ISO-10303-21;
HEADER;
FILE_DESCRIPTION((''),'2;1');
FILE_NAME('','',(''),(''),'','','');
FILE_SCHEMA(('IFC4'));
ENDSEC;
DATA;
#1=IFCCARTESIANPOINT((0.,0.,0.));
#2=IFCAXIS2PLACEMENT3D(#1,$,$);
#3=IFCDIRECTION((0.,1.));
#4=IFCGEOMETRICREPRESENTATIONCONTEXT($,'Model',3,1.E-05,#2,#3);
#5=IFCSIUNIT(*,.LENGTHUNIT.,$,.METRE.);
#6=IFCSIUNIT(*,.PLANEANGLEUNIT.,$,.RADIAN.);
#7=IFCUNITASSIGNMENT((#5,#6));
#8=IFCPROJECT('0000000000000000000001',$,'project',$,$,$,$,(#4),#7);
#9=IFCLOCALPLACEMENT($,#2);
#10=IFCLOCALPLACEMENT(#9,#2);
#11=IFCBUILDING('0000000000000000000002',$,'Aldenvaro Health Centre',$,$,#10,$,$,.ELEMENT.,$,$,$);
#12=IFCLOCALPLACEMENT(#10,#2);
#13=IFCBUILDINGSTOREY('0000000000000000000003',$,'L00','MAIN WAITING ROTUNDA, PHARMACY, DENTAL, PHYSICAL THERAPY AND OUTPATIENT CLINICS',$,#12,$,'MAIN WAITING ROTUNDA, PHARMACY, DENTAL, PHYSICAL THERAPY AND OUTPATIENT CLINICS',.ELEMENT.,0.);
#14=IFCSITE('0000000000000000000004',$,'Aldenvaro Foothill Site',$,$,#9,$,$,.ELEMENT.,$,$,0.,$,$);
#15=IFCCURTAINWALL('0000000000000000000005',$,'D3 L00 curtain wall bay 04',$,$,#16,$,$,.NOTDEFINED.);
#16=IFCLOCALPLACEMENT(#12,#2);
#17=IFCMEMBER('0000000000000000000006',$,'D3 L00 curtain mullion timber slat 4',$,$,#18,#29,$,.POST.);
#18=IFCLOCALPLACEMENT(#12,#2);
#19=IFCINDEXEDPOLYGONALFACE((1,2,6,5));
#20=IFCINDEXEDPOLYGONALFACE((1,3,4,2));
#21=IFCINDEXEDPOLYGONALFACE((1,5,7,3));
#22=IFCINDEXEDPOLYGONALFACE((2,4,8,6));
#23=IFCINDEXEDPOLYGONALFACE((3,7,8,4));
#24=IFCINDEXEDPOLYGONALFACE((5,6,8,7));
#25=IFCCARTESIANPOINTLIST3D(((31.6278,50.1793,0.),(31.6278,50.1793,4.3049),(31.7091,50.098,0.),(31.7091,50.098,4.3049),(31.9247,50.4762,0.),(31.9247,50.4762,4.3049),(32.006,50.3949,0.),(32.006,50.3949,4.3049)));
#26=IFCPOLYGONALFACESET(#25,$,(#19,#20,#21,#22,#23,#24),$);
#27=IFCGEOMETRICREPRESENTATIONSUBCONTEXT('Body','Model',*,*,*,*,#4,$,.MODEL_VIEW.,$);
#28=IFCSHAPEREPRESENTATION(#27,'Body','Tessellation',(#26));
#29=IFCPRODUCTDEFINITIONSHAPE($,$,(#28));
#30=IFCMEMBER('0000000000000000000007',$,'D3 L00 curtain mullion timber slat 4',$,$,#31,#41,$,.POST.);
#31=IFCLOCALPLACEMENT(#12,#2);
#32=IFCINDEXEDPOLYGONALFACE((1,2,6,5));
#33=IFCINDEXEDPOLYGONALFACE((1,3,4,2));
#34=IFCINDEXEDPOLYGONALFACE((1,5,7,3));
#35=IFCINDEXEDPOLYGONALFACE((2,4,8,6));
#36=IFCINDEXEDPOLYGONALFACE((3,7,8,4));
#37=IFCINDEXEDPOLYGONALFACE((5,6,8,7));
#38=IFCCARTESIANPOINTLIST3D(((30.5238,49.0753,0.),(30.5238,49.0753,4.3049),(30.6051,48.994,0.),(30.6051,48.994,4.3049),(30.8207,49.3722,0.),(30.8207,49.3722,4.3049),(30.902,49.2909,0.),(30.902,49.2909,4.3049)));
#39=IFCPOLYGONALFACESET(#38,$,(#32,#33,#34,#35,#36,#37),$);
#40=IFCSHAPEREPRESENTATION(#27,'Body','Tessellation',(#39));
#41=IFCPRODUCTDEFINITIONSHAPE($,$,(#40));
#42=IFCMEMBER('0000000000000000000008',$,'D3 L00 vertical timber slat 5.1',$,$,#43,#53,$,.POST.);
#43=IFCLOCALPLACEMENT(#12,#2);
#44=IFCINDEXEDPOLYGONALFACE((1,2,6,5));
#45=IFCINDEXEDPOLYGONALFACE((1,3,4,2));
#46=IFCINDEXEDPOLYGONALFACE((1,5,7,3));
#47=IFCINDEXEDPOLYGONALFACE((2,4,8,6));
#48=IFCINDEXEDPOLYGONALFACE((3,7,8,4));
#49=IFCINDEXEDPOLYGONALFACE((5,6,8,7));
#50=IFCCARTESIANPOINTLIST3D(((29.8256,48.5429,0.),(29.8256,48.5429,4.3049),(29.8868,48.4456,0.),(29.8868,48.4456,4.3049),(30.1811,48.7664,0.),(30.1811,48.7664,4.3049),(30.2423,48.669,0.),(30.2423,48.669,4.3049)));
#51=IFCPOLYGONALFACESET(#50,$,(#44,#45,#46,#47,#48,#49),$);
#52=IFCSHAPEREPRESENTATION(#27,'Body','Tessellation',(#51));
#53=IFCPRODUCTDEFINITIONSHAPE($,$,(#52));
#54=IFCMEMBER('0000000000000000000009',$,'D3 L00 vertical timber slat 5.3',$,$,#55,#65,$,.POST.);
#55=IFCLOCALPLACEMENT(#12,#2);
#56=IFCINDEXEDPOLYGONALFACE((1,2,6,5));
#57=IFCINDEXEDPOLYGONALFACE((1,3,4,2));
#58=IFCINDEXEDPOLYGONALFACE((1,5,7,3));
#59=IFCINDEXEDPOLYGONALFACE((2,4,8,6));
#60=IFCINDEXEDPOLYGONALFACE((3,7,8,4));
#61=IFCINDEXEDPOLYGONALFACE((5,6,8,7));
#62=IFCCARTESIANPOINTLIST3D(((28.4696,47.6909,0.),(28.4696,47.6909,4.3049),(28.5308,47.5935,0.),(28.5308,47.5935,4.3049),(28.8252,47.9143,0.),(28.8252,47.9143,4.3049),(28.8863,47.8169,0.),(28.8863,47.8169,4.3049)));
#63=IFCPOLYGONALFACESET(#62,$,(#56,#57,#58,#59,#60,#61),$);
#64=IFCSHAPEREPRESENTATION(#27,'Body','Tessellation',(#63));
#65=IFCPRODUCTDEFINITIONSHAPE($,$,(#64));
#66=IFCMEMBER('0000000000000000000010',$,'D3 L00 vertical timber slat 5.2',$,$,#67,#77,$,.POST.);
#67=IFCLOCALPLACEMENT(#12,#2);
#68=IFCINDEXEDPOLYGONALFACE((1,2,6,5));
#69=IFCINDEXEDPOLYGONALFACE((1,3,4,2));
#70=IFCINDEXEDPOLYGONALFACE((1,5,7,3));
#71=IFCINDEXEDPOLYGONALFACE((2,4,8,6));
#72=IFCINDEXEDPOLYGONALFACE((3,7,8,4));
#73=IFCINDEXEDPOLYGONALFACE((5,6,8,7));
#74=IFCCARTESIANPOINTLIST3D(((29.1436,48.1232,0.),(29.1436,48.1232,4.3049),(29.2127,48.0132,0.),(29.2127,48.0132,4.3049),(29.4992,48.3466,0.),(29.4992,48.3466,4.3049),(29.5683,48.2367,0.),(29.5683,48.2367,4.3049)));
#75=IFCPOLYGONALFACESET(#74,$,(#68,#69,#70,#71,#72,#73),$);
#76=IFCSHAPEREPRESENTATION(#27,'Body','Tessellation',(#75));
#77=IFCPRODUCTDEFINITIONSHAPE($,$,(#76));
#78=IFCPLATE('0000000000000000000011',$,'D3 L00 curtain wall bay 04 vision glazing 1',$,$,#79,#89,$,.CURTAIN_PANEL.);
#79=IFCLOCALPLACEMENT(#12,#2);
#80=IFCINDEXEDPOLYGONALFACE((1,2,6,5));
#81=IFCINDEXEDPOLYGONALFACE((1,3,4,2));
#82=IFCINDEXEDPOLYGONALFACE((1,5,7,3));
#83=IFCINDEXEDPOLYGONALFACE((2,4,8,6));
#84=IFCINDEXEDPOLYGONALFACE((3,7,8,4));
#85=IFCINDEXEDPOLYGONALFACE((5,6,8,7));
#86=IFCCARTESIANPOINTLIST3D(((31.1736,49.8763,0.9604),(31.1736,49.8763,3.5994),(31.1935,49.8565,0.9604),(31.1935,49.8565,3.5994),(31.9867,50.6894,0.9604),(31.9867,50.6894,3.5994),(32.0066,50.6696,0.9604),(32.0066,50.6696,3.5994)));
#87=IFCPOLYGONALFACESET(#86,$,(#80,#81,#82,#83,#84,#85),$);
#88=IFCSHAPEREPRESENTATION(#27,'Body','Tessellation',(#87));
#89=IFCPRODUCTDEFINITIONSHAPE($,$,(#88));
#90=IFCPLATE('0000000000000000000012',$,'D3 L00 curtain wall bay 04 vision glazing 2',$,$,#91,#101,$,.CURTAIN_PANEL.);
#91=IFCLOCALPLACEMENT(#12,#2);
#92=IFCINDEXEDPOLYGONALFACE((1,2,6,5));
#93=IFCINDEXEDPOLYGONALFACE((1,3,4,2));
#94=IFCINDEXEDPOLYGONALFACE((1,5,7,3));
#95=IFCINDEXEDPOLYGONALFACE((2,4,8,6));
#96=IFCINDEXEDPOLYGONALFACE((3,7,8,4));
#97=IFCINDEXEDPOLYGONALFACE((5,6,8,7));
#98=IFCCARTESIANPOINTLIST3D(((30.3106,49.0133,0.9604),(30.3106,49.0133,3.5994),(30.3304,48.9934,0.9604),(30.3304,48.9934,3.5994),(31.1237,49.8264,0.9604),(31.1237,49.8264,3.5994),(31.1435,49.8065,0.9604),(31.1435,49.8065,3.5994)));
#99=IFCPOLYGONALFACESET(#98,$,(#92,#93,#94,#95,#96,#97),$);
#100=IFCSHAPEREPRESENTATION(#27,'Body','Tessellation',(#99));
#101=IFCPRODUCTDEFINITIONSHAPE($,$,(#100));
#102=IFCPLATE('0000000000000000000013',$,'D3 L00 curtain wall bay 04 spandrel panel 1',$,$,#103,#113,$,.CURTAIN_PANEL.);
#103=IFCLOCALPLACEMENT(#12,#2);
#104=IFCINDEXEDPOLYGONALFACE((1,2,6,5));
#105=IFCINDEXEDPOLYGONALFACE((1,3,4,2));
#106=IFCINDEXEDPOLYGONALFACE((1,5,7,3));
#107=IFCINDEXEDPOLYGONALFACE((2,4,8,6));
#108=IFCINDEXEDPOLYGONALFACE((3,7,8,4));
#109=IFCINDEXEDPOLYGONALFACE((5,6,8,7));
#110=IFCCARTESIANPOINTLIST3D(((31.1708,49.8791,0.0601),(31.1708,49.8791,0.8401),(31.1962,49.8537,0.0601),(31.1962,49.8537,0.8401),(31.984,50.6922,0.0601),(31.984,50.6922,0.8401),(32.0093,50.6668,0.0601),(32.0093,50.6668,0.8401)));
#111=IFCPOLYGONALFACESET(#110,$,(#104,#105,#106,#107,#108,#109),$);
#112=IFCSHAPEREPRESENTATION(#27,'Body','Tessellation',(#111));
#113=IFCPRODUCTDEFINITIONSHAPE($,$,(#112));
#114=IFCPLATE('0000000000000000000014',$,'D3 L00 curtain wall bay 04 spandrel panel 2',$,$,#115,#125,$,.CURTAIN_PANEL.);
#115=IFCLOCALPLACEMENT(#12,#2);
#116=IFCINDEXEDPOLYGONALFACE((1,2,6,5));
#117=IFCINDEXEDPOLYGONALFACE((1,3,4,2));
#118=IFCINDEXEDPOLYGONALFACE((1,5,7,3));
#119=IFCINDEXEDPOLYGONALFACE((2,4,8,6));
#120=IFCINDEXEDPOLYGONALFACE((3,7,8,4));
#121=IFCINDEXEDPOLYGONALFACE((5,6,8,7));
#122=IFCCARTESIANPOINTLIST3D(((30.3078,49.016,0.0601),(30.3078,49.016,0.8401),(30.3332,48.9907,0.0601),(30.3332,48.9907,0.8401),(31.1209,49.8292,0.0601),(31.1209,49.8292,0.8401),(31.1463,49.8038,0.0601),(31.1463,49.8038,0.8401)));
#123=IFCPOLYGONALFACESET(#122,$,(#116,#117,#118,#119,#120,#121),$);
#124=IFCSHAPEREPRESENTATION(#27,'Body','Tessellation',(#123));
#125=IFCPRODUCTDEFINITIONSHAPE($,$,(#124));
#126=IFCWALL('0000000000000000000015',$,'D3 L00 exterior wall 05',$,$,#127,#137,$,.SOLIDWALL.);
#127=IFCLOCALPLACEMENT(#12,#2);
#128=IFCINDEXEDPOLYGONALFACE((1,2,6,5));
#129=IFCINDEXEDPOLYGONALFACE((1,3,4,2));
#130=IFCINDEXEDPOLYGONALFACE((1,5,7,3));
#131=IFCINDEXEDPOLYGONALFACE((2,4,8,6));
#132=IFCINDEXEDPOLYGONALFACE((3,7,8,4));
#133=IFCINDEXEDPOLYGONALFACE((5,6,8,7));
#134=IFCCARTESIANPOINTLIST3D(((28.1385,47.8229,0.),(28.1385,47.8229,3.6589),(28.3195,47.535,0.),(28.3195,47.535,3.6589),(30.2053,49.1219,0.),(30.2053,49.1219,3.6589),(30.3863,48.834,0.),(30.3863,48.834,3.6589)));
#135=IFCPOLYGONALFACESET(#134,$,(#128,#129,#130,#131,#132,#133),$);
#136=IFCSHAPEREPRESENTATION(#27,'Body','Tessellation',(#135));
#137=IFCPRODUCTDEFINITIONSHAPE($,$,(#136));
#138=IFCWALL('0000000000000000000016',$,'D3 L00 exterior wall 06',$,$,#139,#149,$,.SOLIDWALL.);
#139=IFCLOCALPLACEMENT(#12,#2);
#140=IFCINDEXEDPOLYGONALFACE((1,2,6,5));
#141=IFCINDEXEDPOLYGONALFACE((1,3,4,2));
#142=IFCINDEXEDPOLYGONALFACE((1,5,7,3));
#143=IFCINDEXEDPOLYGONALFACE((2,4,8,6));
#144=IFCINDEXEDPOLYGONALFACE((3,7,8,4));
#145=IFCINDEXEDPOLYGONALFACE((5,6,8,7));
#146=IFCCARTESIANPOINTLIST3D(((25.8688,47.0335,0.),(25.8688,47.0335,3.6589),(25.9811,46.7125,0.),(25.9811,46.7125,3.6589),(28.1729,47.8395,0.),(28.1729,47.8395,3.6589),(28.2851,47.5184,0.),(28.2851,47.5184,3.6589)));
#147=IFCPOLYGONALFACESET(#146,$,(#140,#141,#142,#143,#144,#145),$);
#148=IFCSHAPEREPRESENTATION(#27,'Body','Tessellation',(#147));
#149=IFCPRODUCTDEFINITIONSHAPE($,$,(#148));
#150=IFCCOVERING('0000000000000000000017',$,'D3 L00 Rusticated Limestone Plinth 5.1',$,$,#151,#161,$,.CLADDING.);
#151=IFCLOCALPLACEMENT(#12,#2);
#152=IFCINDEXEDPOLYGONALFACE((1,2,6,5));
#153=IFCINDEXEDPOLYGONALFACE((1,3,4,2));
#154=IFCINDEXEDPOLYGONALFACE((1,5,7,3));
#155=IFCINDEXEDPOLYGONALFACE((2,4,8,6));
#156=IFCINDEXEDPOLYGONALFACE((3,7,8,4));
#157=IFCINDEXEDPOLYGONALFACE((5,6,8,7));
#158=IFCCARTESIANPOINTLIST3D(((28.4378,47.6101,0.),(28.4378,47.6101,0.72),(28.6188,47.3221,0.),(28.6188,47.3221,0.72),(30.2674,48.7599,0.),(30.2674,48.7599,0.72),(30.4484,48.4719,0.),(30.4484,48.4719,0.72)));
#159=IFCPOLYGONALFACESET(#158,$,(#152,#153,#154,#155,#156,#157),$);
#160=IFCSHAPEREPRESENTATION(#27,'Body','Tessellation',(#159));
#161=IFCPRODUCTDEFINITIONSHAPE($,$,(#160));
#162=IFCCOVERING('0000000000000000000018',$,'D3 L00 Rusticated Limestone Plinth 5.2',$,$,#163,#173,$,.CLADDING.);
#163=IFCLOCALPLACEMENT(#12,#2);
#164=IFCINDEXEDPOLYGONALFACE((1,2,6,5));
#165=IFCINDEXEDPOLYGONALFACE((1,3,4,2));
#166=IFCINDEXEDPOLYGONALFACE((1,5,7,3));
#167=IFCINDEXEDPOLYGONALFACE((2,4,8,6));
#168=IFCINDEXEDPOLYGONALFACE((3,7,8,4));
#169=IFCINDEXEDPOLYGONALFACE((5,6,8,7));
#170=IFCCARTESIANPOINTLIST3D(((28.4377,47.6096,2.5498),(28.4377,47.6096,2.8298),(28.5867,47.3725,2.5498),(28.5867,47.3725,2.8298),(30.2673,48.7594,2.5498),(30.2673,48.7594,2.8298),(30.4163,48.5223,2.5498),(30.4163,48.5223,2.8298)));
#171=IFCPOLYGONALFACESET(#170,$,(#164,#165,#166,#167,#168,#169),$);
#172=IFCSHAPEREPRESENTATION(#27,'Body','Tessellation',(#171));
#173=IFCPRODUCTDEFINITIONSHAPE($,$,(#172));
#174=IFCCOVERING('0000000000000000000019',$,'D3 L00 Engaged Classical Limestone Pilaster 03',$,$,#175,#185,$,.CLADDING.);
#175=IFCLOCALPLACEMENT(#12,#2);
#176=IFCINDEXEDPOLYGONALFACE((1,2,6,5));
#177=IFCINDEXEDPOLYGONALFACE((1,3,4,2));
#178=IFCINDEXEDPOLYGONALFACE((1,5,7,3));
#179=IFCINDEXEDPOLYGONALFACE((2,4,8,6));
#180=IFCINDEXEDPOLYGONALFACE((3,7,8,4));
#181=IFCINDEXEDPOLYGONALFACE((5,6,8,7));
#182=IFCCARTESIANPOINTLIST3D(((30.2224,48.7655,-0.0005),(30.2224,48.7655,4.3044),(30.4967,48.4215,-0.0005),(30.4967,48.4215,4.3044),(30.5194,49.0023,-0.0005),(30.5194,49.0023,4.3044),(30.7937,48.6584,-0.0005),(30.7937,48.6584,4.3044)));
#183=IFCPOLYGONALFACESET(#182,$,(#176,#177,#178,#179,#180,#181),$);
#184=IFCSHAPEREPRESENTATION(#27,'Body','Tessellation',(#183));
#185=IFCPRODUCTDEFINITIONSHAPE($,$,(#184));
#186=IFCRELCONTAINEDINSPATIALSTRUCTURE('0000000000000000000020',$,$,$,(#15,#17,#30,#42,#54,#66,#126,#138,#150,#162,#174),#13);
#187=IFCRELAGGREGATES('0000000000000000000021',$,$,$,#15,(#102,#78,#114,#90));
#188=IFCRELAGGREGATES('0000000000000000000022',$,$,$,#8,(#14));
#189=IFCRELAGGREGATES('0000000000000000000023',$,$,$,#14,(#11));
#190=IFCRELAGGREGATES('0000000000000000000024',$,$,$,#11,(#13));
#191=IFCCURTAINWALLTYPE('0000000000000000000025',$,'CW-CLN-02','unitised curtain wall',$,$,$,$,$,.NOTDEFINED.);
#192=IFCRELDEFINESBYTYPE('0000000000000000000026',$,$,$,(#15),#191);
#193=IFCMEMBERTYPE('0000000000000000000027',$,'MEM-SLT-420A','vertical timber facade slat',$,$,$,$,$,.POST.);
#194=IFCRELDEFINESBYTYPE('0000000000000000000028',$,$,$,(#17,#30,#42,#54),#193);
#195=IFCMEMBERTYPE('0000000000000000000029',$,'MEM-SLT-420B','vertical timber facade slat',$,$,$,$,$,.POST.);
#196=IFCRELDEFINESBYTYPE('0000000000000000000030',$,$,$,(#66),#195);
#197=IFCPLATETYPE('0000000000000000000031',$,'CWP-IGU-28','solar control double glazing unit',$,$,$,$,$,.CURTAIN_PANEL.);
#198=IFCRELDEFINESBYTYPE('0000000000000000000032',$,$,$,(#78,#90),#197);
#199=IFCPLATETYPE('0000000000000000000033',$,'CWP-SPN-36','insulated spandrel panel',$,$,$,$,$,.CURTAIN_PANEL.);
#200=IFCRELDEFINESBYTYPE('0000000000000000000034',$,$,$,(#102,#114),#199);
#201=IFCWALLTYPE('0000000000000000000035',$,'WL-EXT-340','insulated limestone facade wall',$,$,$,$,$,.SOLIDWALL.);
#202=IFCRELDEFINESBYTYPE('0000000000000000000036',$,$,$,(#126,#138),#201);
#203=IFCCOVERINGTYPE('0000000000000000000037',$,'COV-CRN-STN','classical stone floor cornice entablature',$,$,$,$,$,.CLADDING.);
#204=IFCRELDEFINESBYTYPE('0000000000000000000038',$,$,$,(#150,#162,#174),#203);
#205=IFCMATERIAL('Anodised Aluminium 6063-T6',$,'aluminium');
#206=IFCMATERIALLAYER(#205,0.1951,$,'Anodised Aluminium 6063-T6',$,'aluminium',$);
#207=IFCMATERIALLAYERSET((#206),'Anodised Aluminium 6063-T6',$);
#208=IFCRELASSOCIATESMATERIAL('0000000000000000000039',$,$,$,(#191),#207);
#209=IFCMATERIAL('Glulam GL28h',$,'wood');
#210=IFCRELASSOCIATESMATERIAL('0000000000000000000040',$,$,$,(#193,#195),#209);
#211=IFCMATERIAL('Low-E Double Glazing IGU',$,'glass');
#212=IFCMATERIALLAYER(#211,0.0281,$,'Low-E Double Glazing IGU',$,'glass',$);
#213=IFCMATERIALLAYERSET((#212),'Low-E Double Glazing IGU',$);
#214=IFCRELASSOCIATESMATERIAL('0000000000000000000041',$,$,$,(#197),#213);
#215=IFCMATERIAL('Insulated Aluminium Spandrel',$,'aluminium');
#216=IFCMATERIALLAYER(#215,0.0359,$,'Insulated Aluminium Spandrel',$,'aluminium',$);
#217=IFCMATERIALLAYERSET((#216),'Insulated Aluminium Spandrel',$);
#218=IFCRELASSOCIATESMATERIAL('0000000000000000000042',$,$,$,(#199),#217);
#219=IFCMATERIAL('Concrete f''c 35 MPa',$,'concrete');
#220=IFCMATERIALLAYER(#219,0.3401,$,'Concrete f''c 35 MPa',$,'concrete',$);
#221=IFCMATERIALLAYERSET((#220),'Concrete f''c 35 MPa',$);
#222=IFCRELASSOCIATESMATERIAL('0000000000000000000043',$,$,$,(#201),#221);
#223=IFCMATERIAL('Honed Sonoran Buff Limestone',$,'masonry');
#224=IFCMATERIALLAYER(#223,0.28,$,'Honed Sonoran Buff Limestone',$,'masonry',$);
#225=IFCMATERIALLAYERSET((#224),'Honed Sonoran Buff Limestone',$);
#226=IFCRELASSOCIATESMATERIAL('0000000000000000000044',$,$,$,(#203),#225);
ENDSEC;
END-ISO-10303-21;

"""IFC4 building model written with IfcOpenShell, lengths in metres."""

from ifc_helpers import new_model, si_unit, direction, frame, frame_2d, origin, origin_2d, place, context, subcontext, project, spatial, rectangle, extrude, material, layer, layer_set, material_profile, profile_set, type_object, element, aggregate, save


model = new_model("IFC4")

# Units and contexts
model_context = context("Model", 3, precision=1e-05, world=origin(), true_north=direction((0.0, 1.0)))
body_context = subcontext(model_context, "Body", "Model", "MODEL_VIEW")
ifc_project = project(units=[si_unit("LENGTHUNIT", "METRE"), si_unit("PLANEANGLEUNIT", "RADIAN")], contexts=[model_context])

# Site, building, storey
site_placement = place(None, origin())
site = spatial("IfcSite", under=ifc_project, at=site_placement, Name="Aldenvaro Foothill Site", CompositionType="ELEMENT", RefElevation=0.0)
building_placement = place(site_placement, origin())
building = spatial("IfcBuilding", under=site, at=building_placement, Name="Aldenvaro Health Centre", CompositionType="ELEMENT")
storey_placement = place(building_placement, origin())
storey = spatial("IfcBuildingStorey", under=building, at=storey_placement, Name="L00", Description="MAIN WAITING ROTUNDA, PHARMACY, DENTAL, PHYSICAL THERAPY AND OUTPATIENT CLINICS", LongName="MAIN WAITING ROTUNDA, PHARMACY, DENTAL, PHYSICAL THERAPY AND OUTPATIENT CLINICS", CompositionType="ELEMENT", Elevation=0.0)

# Shared definitions
ifc_material_1 = material(Name="Glulam GL28h", Category="wood")

# Curtain wall
ifc_material_2 = material(Name="Anodised Aluminium 6063-T6", Category="aluminium")
ifc_layer_1 = layer(ifc_material_2, 0.1951, Name="Anodised Aluminium 6063-T6", Category="aluminium")
ifc_layer_set_1 = layer_set([ifc_layer_1], Name="Anodised Aluminium 6063-T6")
curtain_wall_type = type_object("IfcCurtainWallType", Name="CW-CLN-02", Description="unitised curtain wall", PredefinedType="NOTDEFINED", material=ifc_layer_set_1)
curtain_wall_placement = place(storey_placement, origin())
curtain_wall = element("IfcCurtainWall", 1, at=curtain_wall_placement, inside=storey, type_object=curtain_wall_type, Name="D3 L00 curtain wall bay 04", PredefinedType="NOTDEFINED")

# Members
ifc_material_profile_1 = material_profile(ifc_material_1, rectangle(XDim=0.115, YDim=0.4199, at=origin_2d()), Name="GL 115x420", Category="wood")
ifc_profile_set_1 = profile_set([ifc_material_profile_1], Name="Glulam GL28h")
member_type_1 = type_object("IfcMemberType", Name="MEM-SLT-420A", Description="vertical timber facade slat", PredefinedType="POST", material=ifc_profile_set_1)
for number, where, z_axis, x_axis, name in (
    (2, (31.8169, 50.2871, 0.0), (0.0, 0.0, 1.0), (0.707107, -0.707107, 0.0), "D3 L00 curtain mullion timber slat 4"),
    (3, (30.7129, 49.1831, 0.0), (0.0, 0.0, 1.0), (0.707107, -0.707107, 0.0), "D3 L00 curtain mullion timber slat 4"),
    (4, (30.0339, 48.606, 0.0), (0.0, 0.0, 1.0), (0.532096, -0.846684, 0.0), "D3 L00 vertical timber slat 5.1"),
    (5, (28.678, 47.7539, 0.0), (0.0, 0.0, 1.0), (0.532096, -0.846684, 0.0), "D3 L00 vertical timber slat 5.3"),
):
    element("IfcMember", number, at=place(storey_placement, frame(where, z_axis=z_axis, x_axis=x_axis)), inside=storey, type_object=member_type_1, Name=name, PredefinedType="POST", context=body_context, shape_type="SweptSolid", body=[
        extrude(rectangle(XDim=0.115, YDim=0.4199, at=origin_2d()), origin(), (0.0, 0.0, 1.0), 4.3049),
    ])
ifc_material_profile_2 = material_profile(ifc_material_1, rectangle(XDim=0.1299, YDim=0.4199, at=origin_2d()), Name="GL 130x420", Category="wood")
ifc_profile_set_2 = profile_set([ifc_material_profile_2], Name="Glulam GL28h")
member_type_2 = type_object("IfcMemberType", Name="MEM-SLT-420B", Description="vertical timber facade slat", PredefinedType="POST", material=ifc_profile_set_2)
member_1_placement = place(storey_placement, frame((29.356, 48.1799, 0.0), z_axis=(0.0, 0.0, 1.0), x_axis=(0.532096, -0.846684, 0.0)))
element("IfcMember", 6, at=member_1_placement, inside=storey, type_object=member_type_2, Name="D3 L00 vertical timber slat 5.2", PredefinedType="POST", context=body_context, shape_type="SweptSolid", body=[
    extrude(rectangle(XDim=0.1299, YDim=0.4199, at=origin_2d()), origin(), (0.0, 0.0, 1.0), 4.3049),
])

# Plates
ifc_material_3 = material(Name="Low-E Double Glazing IGU", Category="glass")
ifc_layer_2 = layer(ifc_material_3, 0.0281, Name="Low-E Double Glazing IGU", Category="glass")
ifc_layer_set_2 = layer_set([ifc_layer_2], Name="Low-E Double Glazing IGU")
plate_type_1 = type_object("IfcPlateType", Name="CWP-IGU-28", Description="solar control double glazing unit", PredefinedType="CURTAIN_PANEL", material=ifc_layer_set_2)
plate_1_placement = place(storey_placement, frame((31.5901, 50.2729, 0.9604), z_axis=(0.0, 0.0, 1.0), x_axis=(-0.707107, -0.707107, 0.0)))
plate_1 = element("IfcPlate", 7, at=plate_1_placement, type_object=plate_type_1, Name="D3 L00 curtain wall bay 04 vision glazing 1", PredefinedType="CURTAIN_PANEL", context=body_context, shape_type="SweptSolid", body=[
    extrude(rectangle(XDim=1.1499, YDim=0.0281, at=origin_2d()), origin(), (0.0, 0.0, 1.0), 2.6389),
])
plate_2_placement = place(storey_placement, frame((30.7271, 49.4099, 0.9604), z_axis=(0.0, 0.0, 1.0), x_axis=(-0.707107, -0.707107, 0.0)))
plate_2 = element("IfcPlate", 8, at=plate_2_placement, type_object=plate_type_1, Name="D3 L00 curtain wall bay 04 vision glazing 2", PredefinedType="CURTAIN_PANEL", context=body_context, shape_type="SweptSolid", body=[
    extrude(rectangle(XDim=1.1499, YDim=0.0281, at=origin_2d()), origin(), (0.0, 0.0, 1.0), 2.6389),
])
ifc_material_4 = material(Name="Insulated Aluminium Spandrel", Category="aluminium")
ifc_layer_3 = layer(ifc_material_4, 0.0359, Name="Insulated Aluminium Spandrel", Category="aluminium")
ifc_layer_set_3 = layer_set([ifc_layer_3], Name="Insulated Aluminium Spandrel")
plate_type_2 = type_object("IfcPlateType", Name="CWP-SPN-36", Description="insulated spandrel panel", PredefinedType="CURTAIN_PANEL", material=ifc_layer_set_3)
plate_3_placement = place(storey_placement, frame((31.5901, 50.2729, 0.0601), z_axis=(0.0, 0.0, 1.0), x_axis=(-0.707107, -0.707107, 0.0)))
plate_3 = element("IfcPlate", 9, at=plate_3_placement, type_object=plate_type_2, Name="D3 L00 curtain wall bay 04 spandrel panel 1", PredefinedType="CURTAIN_PANEL", context=body_context, shape_type="SweptSolid", body=[
    extrude(rectangle(XDim=1.1499, YDim=0.0359, at=origin_2d()), origin(), (0.0, 0.0, 1.0), 0.78),
])
plate_4_placement = place(storey_placement, frame((30.7271, 49.4099, 0.0601), z_axis=(0.0, 0.0, 1.0), x_axis=(-0.707107, -0.707107, 0.0)))
plate_4 = element("IfcPlate", 10, at=plate_4_placement, type_object=plate_type_2, Name="D3 L00 curtain wall bay 04 spandrel panel 2", PredefinedType="CURTAIN_PANEL", context=body_context, shape_type="SweptSolid", body=[
    extrude(rectangle(XDim=1.1499, YDim=0.0359, at=origin_2d()), origin(), (0.0, 0.0, 1.0), 0.78),
])
aggregate(curtain_wall, [plate_3, plate_1, plate_4, plate_2])

# Walls
ifc_material_5 = material(Name="Concrete f'c 35 MPa", Category="concrete")
ifc_layer_4 = layer(ifc_material_5, 0.3401, Name="Concrete f'c 35 MPa", Category="concrete")
ifc_layer_set_4 = layer_set([ifc_layer_4], Name="Concrete f'c 35 MPa")
wall_type = type_object("IfcWallType", Name="WL-EXT-340", Description="insulated limestone facade wall", PredefinedType="SOLIDWALL", material=ifc_layer_set_4)
wall_1_placement = place(storey_placement, frame((30.2959, 48.978, 0.0), z_axis=(0.0, 0.0, 1.0), x_axis=(-0.846658, -0.532137, 0.0)))
element("IfcWall", 11, at=wall_1_placement, inside=storey, type_object=wall_type, Name="D3 L00 exterior wall 05", PredefinedType="SOLIDWALL", context=body_context, shape_type="SweptSolid", body=[
    extrude(rectangle(XDim=2.4412, YDim=0.3401, at=frame_2d((1.2207, 0.0))), origin(), (0.0, 0.0, 1.0), 3.6589),
])
wall_2_placement = place(storey_placement, frame((28.229, 47.679, 0.0), z_axis=(0.0, 0.0, 1.0), x_axis=(-0.943919, -0.330177, 0.0)))
element("IfcWall", 12, at=wall_2_placement, inside=storey, type_object=wall_type, Name="D3 L00 exterior wall 06", PredefinedType="SOLIDWALL", context=body_context, shape_type="SweptSolid", body=[
    extrude(rectangle(XDim=2.4409, YDim=0.3401, at=frame_2d((1.2205, 0.0))), origin(), (0.0, 0.0, 1.0), 3.6589),
])

# Coverings
ifc_material_6 = material(Name="Honed Sonoran Buff Limestone", Category="masonry")
ifc_layer_5 = layer(ifc_material_6, 0.28, Name="Honed Sonoran Buff Limestone", Category="masonry")
ifc_layer_set_5 = layer_set([ifc_layer_5], Name="Honed Sonoran Buff Limestone")
covering_type = type_object("IfcCoveringType", Name="COV-CRN-STN", Description="classical stone floor cornice entablature", PredefinedType="CLADDING", material=ifc_layer_set_5)
covering_1_placement = place(storey_placement, frame((29.4431, 48.041, 0.0), z_axis=(0.0, 0.0, 1.0), x_axis=(-0.846684, -0.532096, 0.0)))
element("IfcCovering", 13, at=covering_1_placement, inside=storey, type_object=covering_type, Name="D3 L00 Rusticated Limestone Plinth 5.1", PredefinedType="CLADDING", context=body_context, shape_type="SweptSolid", body=[
    extrude(rectangle(XDim=2.1609, YDim=0.3401, at=origin_2d()), origin(), (0.0, 0.0, 1.0), 0.72),
])
covering_2_placement = place(storey_placement, frame((29.427, 48.0659, 2.5498), z_axis=(0.0, 0.0, 1.0), x_axis=(-0.846684, -0.532096, 0.0)))
element("IfcCovering", 14, at=covering_2_placement, inside=storey, type_object=covering_type, Name="D3 L00 Rusticated Limestone Plinth 5.2", PredefinedType="CLADDING", context=body_context, shape_type="SweptSolid", body=[
    extrude(rectangle(XDim=2.1609, YDim=0.28, at=origin_2d()), origin(), (0.0, 0.0, 1.0), 0.28),
])
covering_3_placement = place(storey_placement, frame((30.5081, 48.7119, -0.0005), z_axis=(0.0, 0.0, 1.0), x_axis=(0.623486, -0.781835, 0.0)))
element("IfcCovering", 15, at=covering_3_placement, inside=storey, type_object=covering_type, Name="D3 L00 Engaged Classical Limestone Pilaster 03", PredefinedType="CLADDING", context=body_context, shape_type="SweptSolid", body=[
    extrude(rectangle(XDim=0.4399, YDim=0.3799, at=origin_2d()), origin(), (0.0, 0.0, 1.0), 4.3049),
])

save(model, "model.ifc")
